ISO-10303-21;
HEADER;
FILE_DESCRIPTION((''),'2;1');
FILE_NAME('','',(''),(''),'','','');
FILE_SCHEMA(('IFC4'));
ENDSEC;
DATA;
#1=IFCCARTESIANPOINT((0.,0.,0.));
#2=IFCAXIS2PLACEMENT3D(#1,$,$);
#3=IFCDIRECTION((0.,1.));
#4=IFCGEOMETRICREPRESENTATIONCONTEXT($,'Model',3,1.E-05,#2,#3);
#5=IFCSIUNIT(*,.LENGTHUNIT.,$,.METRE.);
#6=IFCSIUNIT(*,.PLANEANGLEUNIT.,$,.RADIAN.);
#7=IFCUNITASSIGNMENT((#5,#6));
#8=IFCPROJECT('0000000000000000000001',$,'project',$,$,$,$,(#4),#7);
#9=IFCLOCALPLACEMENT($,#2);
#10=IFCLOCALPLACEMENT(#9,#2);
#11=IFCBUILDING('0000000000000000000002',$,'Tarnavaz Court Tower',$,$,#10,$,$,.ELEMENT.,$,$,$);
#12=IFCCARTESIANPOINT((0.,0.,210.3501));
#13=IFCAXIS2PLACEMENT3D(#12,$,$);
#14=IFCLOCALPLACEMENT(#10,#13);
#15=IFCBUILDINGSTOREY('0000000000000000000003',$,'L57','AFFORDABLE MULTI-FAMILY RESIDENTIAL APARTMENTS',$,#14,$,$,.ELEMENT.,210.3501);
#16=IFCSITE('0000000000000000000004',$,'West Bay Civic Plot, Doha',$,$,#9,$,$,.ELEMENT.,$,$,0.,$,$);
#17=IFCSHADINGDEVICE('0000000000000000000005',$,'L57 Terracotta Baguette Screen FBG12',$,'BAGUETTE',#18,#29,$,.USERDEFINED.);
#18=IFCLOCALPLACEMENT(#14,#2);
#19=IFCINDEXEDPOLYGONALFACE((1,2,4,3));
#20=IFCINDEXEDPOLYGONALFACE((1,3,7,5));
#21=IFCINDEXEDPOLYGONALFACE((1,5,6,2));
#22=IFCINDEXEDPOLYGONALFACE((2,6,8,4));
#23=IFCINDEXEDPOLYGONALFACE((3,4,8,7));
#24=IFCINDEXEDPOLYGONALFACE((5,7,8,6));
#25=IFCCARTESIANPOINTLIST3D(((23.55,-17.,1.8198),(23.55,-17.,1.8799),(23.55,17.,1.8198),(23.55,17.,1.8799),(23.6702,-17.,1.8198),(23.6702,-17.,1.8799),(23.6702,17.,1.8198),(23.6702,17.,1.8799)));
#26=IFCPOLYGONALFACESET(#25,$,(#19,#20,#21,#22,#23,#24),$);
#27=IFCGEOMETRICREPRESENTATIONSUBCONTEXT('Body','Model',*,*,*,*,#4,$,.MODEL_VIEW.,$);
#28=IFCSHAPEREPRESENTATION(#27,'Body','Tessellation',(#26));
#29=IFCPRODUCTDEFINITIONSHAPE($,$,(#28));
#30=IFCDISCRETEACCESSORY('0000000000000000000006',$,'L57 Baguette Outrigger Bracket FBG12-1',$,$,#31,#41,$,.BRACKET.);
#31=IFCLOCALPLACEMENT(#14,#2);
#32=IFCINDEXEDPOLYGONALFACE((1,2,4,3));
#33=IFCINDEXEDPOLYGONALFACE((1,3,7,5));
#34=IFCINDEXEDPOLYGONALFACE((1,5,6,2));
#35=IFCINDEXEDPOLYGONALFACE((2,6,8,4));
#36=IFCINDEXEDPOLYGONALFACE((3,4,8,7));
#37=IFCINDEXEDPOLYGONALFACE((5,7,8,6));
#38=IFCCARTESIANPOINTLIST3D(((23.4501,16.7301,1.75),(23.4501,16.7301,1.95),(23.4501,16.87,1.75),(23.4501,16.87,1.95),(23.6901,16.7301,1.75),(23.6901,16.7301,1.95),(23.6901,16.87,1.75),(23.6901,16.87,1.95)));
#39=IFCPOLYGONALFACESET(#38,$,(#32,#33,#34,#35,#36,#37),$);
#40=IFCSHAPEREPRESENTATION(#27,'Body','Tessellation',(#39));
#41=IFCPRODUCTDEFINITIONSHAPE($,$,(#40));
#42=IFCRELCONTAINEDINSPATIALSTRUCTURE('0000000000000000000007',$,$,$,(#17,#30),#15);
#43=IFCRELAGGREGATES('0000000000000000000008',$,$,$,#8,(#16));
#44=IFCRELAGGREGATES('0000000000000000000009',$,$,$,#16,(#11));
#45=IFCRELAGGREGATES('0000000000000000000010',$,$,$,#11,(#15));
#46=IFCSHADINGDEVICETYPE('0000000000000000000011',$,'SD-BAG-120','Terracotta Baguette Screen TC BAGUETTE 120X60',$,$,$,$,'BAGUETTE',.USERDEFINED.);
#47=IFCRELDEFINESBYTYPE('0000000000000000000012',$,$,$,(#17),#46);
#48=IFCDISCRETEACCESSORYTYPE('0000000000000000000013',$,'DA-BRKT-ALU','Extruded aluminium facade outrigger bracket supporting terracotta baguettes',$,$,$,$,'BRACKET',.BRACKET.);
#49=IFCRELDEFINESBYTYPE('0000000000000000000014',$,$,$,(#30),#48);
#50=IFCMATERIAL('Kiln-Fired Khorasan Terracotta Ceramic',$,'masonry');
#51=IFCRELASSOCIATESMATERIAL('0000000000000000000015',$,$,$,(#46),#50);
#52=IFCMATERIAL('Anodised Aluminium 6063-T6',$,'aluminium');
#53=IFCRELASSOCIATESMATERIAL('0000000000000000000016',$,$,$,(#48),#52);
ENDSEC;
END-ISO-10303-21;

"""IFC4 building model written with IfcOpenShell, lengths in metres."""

from ifc_helpers import new_model, si_unit, direction, frame, origin, origin_2d, place, context, subcontext, project, spatial, rectangle, extrude, material, material_profile, profile_set, type_object, element, save


model = new_model("IFC4")

# Units and contexts
model_context = context("Model", 3, precision=1e-05, world=origin(), true_north=direction((0.0, 1.0)))
body_context = subcontext(model_context, "Body", "Model", "MODEL_VIEW")
ifc_project = project(units=[si_unit("LENGTHUNIT", "METRE"), si_unit("PLANEANGLEUNIT", "RADIAN")], contexts=[model_context])

# Site, building, storey
site_placement = place(None, origin())
site = spatial("IfcSite", under=ifc_project, at=site_placement, Name="West Bay Civic Plot, Doha", CompositionType="ELEMENT", RefElevation=0.0)
building_placement = place(site_placement, origin())
building = spatial("IfcBuilding", under=site, at=building_placement, Name="Tarnavaz Court Tower", CompositionType="ELEMENT")
storey_placement = place(building_placement, frame((0.0, 0.0, 210.3501)))
storey = spatial("IfcBuildingStorey", under=building, at=storey_placement, Name="L57", Description="AFFORDABLE MULTI-FAMILY RESIDENTIAL APARTMENTS", CompositionType="ELEMENT", Elevation=210.3501)

# Shading device
ifc_material_1 = material(Name="Kiln-Fired Khorasan Terracotta Ceramic", Category="masonry")
ifc_material_profile_1 = material_profile(ifc_material_1, rectangle(XDim=0.1201, YDim=0.0601, at=origin_2d()), Name="TC BAGUETTE 120X60")
ifc_profile_set_1 = profile_set([ifc_material_profile_1], Name="Kiln-Fired Khorasan Terracotta Ceramic")
shading_device_type = type_object("IfcShadingDeviceType", Name="SD-BAG-120", Description="Terracotta Baguette Screen TC BAGUETTE 120X60", ElementType="BAGUETTE", PredefinedType="USERDEFINED", material=ifc_profile_set_1)
shading_device_placement = place(storey_placement, frame((23.6101, 17.0, 1.8499), z_axis=(0.0, -1.0, 0.0), x_axis=(1.0, 0.0, 0.0)))
element("IfcShadingDevice", 1, at=shading_device_placement, inside=storey, type_object=shading_device_type, Name="L57 Terracotta Baguette Screen FBG12", ObjectType="BAGUETTE", PredefinedType="USERDEFINED", context=body_context, shape_type="SweptSolid", body=[
    extrude(rectangle(XDim=0.1201, YDim=0.0601, at=origin_2d()), origin(), (0.0, 0.0, 1.0), 34.0),
])

# Discrete accessory
ifc_material_2 = material(Name="Anodised Aluminium 6063-T6", Category="aluminium")
discrete_accessory_type = type_object("IfcDiscreteAccessoryType", Name="DA-BRKT-ALU", Description="Extruded aluminium facade outrigger bracket supporting terracotta baguettes", ElementType="BRACKET", PredefinedType="BRACKET", material=ifc_material_2)
discrete_accessory_placement = place(storey_placement, frame((23.5701, 16.8, 1.75), z_axis=(0.0, 0.0, 1.0), x_axis=(0.0, -1.0, 0.0)))
element("IfcDiscreteAccessory", 2, at=discrete_accessory_placement, inside=storey, type_object=discrete_accessory_type, Name="L57 Baguette Outrigger Bracket FBG12-1", PredefinedType="BRACKET", context=body_context, shape_type="SweptSolid", body=[
    extrude(rectangle(XDim=0.1399, YDim=0.24, at=origin_2d()), origin(), (0.0, 0.0, 1.0), 0.2),
])

save(model, "model.ifc")
